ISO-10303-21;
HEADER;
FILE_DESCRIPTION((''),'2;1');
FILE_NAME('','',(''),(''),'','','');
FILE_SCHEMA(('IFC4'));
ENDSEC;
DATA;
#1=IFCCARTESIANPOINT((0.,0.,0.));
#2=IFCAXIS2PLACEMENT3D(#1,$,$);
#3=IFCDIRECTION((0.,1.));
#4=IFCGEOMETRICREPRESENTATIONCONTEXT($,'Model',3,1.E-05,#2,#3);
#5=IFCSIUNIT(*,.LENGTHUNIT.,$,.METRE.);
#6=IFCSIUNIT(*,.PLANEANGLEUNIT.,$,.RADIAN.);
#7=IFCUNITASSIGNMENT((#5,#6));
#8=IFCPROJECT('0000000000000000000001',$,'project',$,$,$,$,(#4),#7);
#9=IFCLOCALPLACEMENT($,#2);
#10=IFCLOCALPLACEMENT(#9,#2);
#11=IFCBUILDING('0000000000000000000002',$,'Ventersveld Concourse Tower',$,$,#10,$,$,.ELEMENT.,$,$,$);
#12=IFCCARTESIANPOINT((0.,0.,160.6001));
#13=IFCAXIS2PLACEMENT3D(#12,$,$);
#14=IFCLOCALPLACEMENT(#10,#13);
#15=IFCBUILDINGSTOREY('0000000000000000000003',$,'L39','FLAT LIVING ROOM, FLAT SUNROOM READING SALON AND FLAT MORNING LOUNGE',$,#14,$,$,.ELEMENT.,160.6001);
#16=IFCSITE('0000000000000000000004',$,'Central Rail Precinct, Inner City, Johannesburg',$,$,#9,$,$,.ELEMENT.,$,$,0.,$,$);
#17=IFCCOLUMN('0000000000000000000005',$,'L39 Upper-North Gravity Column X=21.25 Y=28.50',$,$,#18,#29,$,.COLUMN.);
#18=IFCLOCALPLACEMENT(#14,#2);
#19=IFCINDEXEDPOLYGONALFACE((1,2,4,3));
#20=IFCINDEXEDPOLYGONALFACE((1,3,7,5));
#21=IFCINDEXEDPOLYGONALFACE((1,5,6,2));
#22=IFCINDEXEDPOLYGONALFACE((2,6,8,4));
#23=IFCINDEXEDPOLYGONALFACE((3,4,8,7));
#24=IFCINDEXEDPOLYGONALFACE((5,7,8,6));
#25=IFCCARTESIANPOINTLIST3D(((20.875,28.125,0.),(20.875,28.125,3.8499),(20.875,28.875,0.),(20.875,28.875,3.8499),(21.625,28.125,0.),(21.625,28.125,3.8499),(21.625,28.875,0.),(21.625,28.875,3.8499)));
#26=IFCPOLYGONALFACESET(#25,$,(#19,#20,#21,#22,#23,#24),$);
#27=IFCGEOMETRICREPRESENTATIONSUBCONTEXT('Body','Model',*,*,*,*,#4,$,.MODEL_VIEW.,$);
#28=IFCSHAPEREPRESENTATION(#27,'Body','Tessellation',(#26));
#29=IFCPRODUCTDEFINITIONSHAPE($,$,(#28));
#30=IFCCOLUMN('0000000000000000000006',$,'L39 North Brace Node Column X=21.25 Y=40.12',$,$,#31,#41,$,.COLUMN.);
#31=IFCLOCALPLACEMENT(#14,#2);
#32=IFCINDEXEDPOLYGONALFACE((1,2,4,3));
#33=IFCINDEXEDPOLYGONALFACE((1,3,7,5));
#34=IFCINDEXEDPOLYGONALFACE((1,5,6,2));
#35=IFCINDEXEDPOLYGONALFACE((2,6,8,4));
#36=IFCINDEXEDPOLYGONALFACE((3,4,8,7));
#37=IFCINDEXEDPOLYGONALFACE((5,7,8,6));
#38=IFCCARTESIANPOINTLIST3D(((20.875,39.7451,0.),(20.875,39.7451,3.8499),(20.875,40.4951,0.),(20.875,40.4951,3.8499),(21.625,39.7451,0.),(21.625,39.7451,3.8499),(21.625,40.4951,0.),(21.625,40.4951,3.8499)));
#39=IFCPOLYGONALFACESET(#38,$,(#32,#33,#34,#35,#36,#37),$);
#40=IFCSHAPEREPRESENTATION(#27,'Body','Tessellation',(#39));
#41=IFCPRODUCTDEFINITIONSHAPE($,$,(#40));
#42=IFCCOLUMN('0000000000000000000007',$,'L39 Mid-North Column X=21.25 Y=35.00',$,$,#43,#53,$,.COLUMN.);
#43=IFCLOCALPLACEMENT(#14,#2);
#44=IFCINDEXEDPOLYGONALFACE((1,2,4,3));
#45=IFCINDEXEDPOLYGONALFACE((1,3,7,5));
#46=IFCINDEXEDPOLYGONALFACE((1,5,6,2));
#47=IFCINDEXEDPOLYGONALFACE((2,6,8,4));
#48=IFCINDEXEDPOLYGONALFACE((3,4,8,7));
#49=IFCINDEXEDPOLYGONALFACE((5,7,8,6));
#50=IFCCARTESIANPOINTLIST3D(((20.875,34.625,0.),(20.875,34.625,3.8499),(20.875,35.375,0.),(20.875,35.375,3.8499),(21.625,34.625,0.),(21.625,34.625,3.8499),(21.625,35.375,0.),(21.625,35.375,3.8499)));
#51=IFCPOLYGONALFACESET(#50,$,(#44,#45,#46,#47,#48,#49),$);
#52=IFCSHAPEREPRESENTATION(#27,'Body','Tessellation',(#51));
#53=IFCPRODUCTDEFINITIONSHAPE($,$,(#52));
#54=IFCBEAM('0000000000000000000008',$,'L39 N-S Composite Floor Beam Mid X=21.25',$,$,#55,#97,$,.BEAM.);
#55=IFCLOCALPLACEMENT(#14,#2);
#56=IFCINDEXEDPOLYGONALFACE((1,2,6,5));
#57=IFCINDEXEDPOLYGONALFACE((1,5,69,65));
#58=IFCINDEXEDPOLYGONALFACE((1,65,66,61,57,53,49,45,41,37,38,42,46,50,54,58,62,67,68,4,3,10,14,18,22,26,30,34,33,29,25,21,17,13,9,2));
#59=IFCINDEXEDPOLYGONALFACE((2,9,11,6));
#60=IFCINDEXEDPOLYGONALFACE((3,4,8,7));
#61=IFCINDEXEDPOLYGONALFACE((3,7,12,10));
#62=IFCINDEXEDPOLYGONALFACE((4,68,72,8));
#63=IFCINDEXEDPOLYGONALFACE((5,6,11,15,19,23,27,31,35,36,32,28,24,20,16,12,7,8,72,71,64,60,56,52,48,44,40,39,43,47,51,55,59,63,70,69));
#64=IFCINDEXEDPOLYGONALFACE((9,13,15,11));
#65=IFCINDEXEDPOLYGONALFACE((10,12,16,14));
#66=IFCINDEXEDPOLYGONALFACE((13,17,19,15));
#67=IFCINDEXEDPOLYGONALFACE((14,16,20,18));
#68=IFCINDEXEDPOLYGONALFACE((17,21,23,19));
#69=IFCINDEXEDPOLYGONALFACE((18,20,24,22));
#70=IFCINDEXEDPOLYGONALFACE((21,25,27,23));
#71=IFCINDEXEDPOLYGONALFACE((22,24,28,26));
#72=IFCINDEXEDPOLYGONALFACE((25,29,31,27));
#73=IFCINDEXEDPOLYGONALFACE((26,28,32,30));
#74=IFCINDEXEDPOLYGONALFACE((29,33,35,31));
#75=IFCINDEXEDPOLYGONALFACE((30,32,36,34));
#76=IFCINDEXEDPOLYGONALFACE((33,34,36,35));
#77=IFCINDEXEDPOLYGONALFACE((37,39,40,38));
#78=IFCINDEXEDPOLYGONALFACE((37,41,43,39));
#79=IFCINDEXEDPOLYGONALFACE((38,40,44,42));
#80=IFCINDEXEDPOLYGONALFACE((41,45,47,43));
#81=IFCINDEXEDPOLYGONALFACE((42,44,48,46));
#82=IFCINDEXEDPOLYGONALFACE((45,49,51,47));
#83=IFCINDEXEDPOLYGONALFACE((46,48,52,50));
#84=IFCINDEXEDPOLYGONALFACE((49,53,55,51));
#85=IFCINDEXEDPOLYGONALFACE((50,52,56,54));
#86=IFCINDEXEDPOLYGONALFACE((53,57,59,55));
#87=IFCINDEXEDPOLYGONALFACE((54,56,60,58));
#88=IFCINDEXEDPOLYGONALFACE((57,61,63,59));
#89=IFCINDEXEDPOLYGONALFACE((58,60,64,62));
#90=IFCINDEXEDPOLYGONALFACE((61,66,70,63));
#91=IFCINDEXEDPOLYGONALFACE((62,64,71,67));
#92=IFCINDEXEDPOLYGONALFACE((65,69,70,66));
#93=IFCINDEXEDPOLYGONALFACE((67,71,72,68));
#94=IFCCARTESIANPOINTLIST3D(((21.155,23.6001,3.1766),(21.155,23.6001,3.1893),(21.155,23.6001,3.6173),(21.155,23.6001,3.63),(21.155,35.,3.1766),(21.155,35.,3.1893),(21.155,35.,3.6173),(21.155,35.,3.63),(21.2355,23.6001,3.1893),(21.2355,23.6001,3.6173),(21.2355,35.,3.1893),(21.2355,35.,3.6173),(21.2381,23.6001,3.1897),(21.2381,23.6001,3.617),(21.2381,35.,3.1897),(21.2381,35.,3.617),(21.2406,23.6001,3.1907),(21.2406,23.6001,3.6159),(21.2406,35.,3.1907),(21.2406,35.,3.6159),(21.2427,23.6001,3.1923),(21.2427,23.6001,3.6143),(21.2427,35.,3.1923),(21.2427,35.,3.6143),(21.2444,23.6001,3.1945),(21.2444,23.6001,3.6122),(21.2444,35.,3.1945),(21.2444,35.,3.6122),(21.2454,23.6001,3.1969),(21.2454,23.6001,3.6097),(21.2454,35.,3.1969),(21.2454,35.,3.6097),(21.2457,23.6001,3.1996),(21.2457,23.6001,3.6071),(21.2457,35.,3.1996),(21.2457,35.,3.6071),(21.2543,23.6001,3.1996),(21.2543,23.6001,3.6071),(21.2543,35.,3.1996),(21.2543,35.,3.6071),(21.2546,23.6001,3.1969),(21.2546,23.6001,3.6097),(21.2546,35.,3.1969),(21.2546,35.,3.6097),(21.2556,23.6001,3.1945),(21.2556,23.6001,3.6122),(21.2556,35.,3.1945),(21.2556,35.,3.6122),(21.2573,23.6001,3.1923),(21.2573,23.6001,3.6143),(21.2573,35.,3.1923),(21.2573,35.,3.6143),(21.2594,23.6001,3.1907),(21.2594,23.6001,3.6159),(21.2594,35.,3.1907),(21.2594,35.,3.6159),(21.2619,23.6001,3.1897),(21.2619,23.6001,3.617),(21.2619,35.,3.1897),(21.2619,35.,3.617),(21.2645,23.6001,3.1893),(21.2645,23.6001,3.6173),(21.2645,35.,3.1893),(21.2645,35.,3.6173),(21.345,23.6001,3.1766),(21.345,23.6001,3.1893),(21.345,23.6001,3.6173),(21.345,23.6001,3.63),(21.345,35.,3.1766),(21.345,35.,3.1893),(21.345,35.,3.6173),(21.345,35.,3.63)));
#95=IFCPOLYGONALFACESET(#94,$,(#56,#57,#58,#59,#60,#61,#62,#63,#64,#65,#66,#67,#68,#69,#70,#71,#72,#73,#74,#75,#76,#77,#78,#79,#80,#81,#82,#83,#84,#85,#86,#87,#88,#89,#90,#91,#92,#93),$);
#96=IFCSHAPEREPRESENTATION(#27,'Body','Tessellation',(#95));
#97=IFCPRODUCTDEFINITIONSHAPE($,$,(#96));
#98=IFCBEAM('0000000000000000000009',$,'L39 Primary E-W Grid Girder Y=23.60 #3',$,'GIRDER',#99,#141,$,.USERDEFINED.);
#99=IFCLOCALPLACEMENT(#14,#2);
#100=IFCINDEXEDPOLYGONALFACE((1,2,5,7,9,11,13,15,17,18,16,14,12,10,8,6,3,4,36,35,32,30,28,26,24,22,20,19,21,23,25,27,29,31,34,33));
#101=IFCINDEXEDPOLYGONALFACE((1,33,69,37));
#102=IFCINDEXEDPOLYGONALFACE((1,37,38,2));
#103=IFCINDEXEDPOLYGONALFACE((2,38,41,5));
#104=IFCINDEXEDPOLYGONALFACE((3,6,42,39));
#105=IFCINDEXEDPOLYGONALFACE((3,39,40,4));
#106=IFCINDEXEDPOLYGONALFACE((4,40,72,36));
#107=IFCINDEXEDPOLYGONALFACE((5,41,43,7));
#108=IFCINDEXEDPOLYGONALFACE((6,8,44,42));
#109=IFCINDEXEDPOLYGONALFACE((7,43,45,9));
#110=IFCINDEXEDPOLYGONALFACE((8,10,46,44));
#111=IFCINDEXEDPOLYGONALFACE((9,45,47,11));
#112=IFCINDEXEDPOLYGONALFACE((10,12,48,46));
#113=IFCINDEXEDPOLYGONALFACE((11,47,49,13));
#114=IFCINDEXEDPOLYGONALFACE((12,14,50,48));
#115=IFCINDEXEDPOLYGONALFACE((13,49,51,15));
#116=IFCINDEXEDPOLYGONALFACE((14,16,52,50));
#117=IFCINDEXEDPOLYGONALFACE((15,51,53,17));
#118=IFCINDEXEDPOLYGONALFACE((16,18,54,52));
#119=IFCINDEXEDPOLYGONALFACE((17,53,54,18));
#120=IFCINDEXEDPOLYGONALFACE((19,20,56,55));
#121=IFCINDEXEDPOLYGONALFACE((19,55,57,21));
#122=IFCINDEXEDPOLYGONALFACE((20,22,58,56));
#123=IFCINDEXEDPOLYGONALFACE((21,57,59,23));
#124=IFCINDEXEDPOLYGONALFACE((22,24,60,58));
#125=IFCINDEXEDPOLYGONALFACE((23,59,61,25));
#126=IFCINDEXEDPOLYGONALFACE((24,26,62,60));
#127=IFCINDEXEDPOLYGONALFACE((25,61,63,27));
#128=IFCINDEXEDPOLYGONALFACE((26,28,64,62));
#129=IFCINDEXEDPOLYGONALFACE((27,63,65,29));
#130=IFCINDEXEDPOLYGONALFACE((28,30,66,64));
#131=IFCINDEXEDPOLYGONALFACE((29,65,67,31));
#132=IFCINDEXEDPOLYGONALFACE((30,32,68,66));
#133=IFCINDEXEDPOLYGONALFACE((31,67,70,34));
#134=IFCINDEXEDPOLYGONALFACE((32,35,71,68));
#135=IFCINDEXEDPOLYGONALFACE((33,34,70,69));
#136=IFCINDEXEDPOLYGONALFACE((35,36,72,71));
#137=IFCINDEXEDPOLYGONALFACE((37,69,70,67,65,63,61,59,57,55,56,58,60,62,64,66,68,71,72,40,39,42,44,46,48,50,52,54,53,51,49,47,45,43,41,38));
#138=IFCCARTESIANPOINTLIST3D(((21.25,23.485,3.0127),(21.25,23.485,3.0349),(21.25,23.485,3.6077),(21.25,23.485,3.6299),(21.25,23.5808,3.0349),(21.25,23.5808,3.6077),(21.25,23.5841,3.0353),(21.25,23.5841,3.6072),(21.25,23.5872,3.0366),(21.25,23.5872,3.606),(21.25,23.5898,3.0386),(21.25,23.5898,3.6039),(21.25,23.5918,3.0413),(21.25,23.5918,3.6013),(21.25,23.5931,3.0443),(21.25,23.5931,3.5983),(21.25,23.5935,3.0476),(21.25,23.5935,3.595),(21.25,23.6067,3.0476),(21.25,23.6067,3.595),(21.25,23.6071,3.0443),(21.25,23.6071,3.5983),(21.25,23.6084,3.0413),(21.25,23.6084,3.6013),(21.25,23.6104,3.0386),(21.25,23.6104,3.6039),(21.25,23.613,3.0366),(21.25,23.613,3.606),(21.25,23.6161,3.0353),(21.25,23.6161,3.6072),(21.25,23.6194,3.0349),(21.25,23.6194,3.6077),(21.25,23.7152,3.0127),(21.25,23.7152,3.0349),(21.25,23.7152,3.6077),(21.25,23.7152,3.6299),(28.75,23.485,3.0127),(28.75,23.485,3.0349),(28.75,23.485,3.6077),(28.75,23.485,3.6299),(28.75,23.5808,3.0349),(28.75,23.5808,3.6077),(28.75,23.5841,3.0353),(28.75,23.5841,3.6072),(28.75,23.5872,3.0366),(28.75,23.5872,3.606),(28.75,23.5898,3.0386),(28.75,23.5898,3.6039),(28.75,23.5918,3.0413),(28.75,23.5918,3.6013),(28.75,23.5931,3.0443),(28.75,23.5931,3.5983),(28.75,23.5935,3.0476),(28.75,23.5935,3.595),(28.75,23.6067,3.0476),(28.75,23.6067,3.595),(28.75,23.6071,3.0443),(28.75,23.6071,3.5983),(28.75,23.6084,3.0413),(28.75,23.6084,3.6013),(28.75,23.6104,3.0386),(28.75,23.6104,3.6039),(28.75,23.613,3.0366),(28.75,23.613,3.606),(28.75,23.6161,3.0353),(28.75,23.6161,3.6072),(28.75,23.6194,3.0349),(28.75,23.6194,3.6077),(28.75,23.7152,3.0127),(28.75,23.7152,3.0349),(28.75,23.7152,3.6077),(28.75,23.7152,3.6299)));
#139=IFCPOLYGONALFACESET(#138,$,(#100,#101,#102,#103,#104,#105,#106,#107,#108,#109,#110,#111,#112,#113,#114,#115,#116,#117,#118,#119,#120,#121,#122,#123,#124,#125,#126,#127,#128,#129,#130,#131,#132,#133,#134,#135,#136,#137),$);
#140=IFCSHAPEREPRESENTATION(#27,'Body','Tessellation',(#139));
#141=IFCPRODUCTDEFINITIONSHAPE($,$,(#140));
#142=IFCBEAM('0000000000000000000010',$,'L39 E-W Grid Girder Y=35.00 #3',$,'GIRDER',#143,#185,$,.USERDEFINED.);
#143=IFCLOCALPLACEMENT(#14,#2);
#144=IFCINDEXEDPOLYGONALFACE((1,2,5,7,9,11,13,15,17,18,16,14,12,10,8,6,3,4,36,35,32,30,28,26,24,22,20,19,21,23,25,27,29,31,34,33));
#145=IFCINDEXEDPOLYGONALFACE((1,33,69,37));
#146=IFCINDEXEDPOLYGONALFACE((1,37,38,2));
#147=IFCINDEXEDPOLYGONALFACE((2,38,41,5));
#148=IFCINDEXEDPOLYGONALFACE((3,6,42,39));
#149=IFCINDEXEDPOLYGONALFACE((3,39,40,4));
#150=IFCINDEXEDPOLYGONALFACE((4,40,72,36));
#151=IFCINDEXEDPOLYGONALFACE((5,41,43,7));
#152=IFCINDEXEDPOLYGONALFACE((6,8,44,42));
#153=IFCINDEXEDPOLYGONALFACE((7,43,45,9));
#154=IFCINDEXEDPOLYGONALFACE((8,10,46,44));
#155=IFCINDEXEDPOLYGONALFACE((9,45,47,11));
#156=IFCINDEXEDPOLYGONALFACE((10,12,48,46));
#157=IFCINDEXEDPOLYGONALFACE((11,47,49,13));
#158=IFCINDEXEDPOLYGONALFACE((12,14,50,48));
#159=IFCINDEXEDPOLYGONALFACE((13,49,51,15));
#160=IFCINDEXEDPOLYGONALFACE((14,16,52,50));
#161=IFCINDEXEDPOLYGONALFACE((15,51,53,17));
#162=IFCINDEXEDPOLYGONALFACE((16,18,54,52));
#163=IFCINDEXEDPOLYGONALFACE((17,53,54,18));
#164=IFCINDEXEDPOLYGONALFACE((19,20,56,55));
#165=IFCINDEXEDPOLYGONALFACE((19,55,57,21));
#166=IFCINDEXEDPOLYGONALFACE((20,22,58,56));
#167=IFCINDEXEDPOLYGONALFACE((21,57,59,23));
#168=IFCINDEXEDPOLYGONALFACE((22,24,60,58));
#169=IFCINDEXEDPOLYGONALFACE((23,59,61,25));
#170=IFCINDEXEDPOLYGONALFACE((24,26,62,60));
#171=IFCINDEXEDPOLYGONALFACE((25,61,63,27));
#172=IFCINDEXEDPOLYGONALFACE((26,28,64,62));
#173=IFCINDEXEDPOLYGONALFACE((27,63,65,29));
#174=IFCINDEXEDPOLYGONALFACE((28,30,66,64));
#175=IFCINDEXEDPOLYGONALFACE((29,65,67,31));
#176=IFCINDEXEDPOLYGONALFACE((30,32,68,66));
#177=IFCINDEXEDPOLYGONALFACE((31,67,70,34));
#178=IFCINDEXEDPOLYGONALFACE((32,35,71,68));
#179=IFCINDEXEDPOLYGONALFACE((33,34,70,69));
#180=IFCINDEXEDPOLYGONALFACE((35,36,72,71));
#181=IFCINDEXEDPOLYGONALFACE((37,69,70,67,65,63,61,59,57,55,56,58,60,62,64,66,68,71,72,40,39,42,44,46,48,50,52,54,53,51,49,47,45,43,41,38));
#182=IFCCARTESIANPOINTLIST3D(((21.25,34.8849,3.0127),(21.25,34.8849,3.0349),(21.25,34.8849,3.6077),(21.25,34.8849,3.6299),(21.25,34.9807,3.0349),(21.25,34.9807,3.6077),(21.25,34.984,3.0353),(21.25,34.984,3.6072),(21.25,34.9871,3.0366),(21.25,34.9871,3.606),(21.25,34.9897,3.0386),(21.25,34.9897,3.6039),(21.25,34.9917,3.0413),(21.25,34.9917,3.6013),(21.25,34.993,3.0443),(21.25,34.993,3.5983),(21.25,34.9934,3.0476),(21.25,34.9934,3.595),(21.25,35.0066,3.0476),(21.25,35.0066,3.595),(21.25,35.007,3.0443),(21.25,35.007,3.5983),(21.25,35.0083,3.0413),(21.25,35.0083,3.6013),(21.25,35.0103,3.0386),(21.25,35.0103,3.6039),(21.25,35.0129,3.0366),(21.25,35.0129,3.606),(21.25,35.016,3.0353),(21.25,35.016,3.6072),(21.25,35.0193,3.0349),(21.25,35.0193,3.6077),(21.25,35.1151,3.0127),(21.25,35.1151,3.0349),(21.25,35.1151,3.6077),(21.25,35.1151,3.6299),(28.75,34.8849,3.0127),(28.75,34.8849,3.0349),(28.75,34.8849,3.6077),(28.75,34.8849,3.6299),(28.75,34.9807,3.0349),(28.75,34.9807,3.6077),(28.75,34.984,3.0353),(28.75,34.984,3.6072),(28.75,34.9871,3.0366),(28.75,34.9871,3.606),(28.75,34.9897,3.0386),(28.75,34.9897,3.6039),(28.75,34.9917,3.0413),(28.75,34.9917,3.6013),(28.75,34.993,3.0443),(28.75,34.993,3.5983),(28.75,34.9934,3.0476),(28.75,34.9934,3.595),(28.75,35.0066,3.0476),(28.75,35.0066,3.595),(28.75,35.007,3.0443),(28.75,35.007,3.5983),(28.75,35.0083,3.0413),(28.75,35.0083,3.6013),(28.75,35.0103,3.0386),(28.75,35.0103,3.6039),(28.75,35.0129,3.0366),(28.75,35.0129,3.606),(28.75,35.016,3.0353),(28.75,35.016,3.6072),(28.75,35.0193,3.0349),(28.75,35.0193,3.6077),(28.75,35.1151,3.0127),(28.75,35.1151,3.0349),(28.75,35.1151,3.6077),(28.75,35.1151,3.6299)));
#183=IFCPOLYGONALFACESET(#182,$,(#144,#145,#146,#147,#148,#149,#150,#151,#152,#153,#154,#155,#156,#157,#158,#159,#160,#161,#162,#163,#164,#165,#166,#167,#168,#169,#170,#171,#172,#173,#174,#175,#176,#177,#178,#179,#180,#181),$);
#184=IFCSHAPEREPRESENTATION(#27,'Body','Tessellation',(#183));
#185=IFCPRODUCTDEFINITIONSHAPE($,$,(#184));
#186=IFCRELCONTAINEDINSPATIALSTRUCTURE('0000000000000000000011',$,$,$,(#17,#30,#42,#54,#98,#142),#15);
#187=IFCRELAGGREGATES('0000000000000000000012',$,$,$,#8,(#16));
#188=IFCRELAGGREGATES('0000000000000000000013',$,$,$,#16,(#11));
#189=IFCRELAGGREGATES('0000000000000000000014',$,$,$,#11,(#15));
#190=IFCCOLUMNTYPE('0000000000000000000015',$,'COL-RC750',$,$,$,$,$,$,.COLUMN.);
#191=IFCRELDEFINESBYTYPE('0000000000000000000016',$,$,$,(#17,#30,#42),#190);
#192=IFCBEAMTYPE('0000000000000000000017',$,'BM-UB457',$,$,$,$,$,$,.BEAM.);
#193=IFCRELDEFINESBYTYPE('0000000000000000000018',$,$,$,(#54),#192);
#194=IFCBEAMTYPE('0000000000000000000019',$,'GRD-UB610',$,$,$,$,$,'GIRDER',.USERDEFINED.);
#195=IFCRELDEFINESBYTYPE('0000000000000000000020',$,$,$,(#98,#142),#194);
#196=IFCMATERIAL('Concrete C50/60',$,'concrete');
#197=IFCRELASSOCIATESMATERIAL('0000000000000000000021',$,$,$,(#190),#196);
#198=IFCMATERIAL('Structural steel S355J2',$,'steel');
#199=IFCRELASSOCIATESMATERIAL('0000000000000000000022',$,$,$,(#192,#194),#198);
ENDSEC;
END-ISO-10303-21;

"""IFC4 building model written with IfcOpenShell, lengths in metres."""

from ifc_helpers import new_model, si_unit, direction, frame, origin, origin_2d, place, context, subcontext, project, spatial, rectangle, i_section, extrude, material, material_profile, profile_set, type_object, element, save


model = new_model("IFC4")

# Units and contexts
model_context = context("Model", 3, precision=1e-05, world=origin(), true_north=direction((0.0, 1.0)))
body_context = subcontext(model_context, "Body", "Model", "MODEL_VIEW")
ifc_project = project(units=[si_unit("LENGTHUNIT", "METRE"), si_unit("PLANEANGLEUNIT", "RADIAN")], contexts=[model_context])

# Site, building, storey
site_placement = place(None, origin())
site = spatial("IfcSite", under=ifc_project, at=site_placement, Name="Central Rail Precinct, Inner City, Johannesburg", CompositionType="ELEMENT", RefElevation=0.0)
building_placement = place(site_placement, origin())
building = spatial("IfcBuilding", under=site, at=building_placement, Name="Ventersveld Concourse Tower", CompositionType="ELEMENT")
storey_placement = place(building_placement, frame((0.0, 0.0, 160.6001)))
storey = spatial("IfcBuildingStorey", under=building, at=storey_placement, Name="L39", Description="FLAT LIVING ROOM, FLAT SUNROOM READING SALON AND FLAT MORNING LOUNGE", CompositionType="ELEMENT", Elevation=160.6001)

# Columns
ifc_material_1 = material(Name="Concrete C50/60", Category="concrete")
ifc_material_profile_1 = material_profile(ifc_material_1, rectangle(XDim=0.75, YDim=0.75, at=origin_2d()), Name="RC 750x750")
ifc_profile_set_1 = profile_set([ifc_material_profile_1], Name="Concrete C50/60")
column_type = type_object("IfcColumnType", Name="COL-RC750", PredefinedType="COLUMN", material=ifc_profile_set_1)
for number, where, z_axis, x_axis, name in (
    (1, (21.25, 28.5, 0.0), (0.0, 0.0, 1.0), (1.0, 0.0, 0.0), "L39 Upper-North Gravity Column X=21.25 Y=28.50"),
    (2, (21.25, 40.1201, 0.0), (0.0, 0.0, 1.0), (1.0, 0.0, 0.0), "L39 North Brace Node Column X=21.25 Y=40.12"),
    (3, (21.25, 35.0, 0.0), (0.0, 0.0, 1.0), (1.0, 0.0, 0.0), "L39 Mid-North Column X=21.25 Y=35.00"),
):
    element("IfcColumn", number, at=place(storey_placement, frame(where, z_axis=z_axis, x_axis=x_axis)), inside=storey, type_object=column_type, Name=name, PredefinedType="COLUMN", context=body_context, shape_type="SweptSolid", body=[
        extrude(rectangle(XDim=0.75, YDim=0.75, at=origin_2d()), origin(), (0.0, 0.0, 1.0), 3.8499),
    ])

# Beams
ifc_material_2 = material(Name="Structural steel S355J2", Category="steel")
ifc_material_profile_2 = material_profile(ifc_material_2, i_section(OverallWidth=0.1899, OverallDepth=0.4534, WebThickness=0.0085, FlangeThickness=0.0127, FilletRadius=0.0103, at=origin_2d()), Name="UB 457x191x67")
ifc_profile_set_2 = profile_set([ifc_material_profile_2], Name="Structural steel S355J2")
beam_type_1 = type_object("IfcBeamType", Name="BM-UB457", PredefinedType="BEAM", material=ifc_profile_set_2)
beam_placement = place(storey_placement, frame((21.25, 23.6001, 3.4033), z_axis=(0.0, 1.0, 0.0), x_axis=(-1.0, 0.0, 0.0)))
element("IfcBeam", 4, at=beam_placement, inside=storey, type_object=beam_type_1, Name="L39 N-S Composite Floor Beam Mid X=21.25", PredefinedType="BEAM", context=body_context, shape_type="SweptSolid", body=[
    extrude(i_section(OverallWidth=0.1899, OverallDepth=0.4534, WebThickness=0.0085, FlangeThickness=0.0127, FilletRadius=0.0103, at=origin_2d()), origin(), (0.0, 0.0, 1.0), 11.3999),
])
ifc_material_profile_3 = material_profile(ifc_material_2, i_section(OverallWidth=0.2302, OverallDepth=0.6172, WebThickness=0.0132, FlangeThickness=0.0222, FilletRadius=0.0127, at=origin_2d()), Name="UB 610x229x140")
ifc_profile_set_3 = profile_set([ifc_material_profile_3], Name="Structural steel S355J2")
beam_type_2 = type_object("IfcBeamType", Name="GRD-UB610", ElementType="GIRDER", PredefinedType="USERDEFINED", material=ifc_profile_set_3)
for number, where, z_axis, x_axis, name in (
    (5, (21.25, 23.6001, 3.3213), (1.0, 0.0, 0.0), (0.0, 1.0, 0.0), "L39 Primary E-W Grid Girder Y=23.60 #3"),
    (6, (21.25, 35.0, 3.3213), (1.0, 0.0, 0.0), (0.0, 1.0, 0.0), "L39 E-W Grid Girder Y=35.00 #3"),
):
    element("IfcBeam", number, at=place(storey_placement, frame(where, z_axis=z_axis, x_axis=x_axis)), inside=storey, type_object=beam_type_2, Name=name, ObjectType="GIRDER", PredefinedType="USERDEFINED", context=body_context, shape_type="SweptSolid", body=[
        extrude(i_section(OverallWidth=0.2302, OverallDepth=0.6172, WebThickness=0.0132, FlangeThickness=0.0222, FilletRadius=0.0127, at=origin_2d()), origin(), (0.0, 0.0, 1.0), 7.5),
    ])

save(model, "model.ifc")
